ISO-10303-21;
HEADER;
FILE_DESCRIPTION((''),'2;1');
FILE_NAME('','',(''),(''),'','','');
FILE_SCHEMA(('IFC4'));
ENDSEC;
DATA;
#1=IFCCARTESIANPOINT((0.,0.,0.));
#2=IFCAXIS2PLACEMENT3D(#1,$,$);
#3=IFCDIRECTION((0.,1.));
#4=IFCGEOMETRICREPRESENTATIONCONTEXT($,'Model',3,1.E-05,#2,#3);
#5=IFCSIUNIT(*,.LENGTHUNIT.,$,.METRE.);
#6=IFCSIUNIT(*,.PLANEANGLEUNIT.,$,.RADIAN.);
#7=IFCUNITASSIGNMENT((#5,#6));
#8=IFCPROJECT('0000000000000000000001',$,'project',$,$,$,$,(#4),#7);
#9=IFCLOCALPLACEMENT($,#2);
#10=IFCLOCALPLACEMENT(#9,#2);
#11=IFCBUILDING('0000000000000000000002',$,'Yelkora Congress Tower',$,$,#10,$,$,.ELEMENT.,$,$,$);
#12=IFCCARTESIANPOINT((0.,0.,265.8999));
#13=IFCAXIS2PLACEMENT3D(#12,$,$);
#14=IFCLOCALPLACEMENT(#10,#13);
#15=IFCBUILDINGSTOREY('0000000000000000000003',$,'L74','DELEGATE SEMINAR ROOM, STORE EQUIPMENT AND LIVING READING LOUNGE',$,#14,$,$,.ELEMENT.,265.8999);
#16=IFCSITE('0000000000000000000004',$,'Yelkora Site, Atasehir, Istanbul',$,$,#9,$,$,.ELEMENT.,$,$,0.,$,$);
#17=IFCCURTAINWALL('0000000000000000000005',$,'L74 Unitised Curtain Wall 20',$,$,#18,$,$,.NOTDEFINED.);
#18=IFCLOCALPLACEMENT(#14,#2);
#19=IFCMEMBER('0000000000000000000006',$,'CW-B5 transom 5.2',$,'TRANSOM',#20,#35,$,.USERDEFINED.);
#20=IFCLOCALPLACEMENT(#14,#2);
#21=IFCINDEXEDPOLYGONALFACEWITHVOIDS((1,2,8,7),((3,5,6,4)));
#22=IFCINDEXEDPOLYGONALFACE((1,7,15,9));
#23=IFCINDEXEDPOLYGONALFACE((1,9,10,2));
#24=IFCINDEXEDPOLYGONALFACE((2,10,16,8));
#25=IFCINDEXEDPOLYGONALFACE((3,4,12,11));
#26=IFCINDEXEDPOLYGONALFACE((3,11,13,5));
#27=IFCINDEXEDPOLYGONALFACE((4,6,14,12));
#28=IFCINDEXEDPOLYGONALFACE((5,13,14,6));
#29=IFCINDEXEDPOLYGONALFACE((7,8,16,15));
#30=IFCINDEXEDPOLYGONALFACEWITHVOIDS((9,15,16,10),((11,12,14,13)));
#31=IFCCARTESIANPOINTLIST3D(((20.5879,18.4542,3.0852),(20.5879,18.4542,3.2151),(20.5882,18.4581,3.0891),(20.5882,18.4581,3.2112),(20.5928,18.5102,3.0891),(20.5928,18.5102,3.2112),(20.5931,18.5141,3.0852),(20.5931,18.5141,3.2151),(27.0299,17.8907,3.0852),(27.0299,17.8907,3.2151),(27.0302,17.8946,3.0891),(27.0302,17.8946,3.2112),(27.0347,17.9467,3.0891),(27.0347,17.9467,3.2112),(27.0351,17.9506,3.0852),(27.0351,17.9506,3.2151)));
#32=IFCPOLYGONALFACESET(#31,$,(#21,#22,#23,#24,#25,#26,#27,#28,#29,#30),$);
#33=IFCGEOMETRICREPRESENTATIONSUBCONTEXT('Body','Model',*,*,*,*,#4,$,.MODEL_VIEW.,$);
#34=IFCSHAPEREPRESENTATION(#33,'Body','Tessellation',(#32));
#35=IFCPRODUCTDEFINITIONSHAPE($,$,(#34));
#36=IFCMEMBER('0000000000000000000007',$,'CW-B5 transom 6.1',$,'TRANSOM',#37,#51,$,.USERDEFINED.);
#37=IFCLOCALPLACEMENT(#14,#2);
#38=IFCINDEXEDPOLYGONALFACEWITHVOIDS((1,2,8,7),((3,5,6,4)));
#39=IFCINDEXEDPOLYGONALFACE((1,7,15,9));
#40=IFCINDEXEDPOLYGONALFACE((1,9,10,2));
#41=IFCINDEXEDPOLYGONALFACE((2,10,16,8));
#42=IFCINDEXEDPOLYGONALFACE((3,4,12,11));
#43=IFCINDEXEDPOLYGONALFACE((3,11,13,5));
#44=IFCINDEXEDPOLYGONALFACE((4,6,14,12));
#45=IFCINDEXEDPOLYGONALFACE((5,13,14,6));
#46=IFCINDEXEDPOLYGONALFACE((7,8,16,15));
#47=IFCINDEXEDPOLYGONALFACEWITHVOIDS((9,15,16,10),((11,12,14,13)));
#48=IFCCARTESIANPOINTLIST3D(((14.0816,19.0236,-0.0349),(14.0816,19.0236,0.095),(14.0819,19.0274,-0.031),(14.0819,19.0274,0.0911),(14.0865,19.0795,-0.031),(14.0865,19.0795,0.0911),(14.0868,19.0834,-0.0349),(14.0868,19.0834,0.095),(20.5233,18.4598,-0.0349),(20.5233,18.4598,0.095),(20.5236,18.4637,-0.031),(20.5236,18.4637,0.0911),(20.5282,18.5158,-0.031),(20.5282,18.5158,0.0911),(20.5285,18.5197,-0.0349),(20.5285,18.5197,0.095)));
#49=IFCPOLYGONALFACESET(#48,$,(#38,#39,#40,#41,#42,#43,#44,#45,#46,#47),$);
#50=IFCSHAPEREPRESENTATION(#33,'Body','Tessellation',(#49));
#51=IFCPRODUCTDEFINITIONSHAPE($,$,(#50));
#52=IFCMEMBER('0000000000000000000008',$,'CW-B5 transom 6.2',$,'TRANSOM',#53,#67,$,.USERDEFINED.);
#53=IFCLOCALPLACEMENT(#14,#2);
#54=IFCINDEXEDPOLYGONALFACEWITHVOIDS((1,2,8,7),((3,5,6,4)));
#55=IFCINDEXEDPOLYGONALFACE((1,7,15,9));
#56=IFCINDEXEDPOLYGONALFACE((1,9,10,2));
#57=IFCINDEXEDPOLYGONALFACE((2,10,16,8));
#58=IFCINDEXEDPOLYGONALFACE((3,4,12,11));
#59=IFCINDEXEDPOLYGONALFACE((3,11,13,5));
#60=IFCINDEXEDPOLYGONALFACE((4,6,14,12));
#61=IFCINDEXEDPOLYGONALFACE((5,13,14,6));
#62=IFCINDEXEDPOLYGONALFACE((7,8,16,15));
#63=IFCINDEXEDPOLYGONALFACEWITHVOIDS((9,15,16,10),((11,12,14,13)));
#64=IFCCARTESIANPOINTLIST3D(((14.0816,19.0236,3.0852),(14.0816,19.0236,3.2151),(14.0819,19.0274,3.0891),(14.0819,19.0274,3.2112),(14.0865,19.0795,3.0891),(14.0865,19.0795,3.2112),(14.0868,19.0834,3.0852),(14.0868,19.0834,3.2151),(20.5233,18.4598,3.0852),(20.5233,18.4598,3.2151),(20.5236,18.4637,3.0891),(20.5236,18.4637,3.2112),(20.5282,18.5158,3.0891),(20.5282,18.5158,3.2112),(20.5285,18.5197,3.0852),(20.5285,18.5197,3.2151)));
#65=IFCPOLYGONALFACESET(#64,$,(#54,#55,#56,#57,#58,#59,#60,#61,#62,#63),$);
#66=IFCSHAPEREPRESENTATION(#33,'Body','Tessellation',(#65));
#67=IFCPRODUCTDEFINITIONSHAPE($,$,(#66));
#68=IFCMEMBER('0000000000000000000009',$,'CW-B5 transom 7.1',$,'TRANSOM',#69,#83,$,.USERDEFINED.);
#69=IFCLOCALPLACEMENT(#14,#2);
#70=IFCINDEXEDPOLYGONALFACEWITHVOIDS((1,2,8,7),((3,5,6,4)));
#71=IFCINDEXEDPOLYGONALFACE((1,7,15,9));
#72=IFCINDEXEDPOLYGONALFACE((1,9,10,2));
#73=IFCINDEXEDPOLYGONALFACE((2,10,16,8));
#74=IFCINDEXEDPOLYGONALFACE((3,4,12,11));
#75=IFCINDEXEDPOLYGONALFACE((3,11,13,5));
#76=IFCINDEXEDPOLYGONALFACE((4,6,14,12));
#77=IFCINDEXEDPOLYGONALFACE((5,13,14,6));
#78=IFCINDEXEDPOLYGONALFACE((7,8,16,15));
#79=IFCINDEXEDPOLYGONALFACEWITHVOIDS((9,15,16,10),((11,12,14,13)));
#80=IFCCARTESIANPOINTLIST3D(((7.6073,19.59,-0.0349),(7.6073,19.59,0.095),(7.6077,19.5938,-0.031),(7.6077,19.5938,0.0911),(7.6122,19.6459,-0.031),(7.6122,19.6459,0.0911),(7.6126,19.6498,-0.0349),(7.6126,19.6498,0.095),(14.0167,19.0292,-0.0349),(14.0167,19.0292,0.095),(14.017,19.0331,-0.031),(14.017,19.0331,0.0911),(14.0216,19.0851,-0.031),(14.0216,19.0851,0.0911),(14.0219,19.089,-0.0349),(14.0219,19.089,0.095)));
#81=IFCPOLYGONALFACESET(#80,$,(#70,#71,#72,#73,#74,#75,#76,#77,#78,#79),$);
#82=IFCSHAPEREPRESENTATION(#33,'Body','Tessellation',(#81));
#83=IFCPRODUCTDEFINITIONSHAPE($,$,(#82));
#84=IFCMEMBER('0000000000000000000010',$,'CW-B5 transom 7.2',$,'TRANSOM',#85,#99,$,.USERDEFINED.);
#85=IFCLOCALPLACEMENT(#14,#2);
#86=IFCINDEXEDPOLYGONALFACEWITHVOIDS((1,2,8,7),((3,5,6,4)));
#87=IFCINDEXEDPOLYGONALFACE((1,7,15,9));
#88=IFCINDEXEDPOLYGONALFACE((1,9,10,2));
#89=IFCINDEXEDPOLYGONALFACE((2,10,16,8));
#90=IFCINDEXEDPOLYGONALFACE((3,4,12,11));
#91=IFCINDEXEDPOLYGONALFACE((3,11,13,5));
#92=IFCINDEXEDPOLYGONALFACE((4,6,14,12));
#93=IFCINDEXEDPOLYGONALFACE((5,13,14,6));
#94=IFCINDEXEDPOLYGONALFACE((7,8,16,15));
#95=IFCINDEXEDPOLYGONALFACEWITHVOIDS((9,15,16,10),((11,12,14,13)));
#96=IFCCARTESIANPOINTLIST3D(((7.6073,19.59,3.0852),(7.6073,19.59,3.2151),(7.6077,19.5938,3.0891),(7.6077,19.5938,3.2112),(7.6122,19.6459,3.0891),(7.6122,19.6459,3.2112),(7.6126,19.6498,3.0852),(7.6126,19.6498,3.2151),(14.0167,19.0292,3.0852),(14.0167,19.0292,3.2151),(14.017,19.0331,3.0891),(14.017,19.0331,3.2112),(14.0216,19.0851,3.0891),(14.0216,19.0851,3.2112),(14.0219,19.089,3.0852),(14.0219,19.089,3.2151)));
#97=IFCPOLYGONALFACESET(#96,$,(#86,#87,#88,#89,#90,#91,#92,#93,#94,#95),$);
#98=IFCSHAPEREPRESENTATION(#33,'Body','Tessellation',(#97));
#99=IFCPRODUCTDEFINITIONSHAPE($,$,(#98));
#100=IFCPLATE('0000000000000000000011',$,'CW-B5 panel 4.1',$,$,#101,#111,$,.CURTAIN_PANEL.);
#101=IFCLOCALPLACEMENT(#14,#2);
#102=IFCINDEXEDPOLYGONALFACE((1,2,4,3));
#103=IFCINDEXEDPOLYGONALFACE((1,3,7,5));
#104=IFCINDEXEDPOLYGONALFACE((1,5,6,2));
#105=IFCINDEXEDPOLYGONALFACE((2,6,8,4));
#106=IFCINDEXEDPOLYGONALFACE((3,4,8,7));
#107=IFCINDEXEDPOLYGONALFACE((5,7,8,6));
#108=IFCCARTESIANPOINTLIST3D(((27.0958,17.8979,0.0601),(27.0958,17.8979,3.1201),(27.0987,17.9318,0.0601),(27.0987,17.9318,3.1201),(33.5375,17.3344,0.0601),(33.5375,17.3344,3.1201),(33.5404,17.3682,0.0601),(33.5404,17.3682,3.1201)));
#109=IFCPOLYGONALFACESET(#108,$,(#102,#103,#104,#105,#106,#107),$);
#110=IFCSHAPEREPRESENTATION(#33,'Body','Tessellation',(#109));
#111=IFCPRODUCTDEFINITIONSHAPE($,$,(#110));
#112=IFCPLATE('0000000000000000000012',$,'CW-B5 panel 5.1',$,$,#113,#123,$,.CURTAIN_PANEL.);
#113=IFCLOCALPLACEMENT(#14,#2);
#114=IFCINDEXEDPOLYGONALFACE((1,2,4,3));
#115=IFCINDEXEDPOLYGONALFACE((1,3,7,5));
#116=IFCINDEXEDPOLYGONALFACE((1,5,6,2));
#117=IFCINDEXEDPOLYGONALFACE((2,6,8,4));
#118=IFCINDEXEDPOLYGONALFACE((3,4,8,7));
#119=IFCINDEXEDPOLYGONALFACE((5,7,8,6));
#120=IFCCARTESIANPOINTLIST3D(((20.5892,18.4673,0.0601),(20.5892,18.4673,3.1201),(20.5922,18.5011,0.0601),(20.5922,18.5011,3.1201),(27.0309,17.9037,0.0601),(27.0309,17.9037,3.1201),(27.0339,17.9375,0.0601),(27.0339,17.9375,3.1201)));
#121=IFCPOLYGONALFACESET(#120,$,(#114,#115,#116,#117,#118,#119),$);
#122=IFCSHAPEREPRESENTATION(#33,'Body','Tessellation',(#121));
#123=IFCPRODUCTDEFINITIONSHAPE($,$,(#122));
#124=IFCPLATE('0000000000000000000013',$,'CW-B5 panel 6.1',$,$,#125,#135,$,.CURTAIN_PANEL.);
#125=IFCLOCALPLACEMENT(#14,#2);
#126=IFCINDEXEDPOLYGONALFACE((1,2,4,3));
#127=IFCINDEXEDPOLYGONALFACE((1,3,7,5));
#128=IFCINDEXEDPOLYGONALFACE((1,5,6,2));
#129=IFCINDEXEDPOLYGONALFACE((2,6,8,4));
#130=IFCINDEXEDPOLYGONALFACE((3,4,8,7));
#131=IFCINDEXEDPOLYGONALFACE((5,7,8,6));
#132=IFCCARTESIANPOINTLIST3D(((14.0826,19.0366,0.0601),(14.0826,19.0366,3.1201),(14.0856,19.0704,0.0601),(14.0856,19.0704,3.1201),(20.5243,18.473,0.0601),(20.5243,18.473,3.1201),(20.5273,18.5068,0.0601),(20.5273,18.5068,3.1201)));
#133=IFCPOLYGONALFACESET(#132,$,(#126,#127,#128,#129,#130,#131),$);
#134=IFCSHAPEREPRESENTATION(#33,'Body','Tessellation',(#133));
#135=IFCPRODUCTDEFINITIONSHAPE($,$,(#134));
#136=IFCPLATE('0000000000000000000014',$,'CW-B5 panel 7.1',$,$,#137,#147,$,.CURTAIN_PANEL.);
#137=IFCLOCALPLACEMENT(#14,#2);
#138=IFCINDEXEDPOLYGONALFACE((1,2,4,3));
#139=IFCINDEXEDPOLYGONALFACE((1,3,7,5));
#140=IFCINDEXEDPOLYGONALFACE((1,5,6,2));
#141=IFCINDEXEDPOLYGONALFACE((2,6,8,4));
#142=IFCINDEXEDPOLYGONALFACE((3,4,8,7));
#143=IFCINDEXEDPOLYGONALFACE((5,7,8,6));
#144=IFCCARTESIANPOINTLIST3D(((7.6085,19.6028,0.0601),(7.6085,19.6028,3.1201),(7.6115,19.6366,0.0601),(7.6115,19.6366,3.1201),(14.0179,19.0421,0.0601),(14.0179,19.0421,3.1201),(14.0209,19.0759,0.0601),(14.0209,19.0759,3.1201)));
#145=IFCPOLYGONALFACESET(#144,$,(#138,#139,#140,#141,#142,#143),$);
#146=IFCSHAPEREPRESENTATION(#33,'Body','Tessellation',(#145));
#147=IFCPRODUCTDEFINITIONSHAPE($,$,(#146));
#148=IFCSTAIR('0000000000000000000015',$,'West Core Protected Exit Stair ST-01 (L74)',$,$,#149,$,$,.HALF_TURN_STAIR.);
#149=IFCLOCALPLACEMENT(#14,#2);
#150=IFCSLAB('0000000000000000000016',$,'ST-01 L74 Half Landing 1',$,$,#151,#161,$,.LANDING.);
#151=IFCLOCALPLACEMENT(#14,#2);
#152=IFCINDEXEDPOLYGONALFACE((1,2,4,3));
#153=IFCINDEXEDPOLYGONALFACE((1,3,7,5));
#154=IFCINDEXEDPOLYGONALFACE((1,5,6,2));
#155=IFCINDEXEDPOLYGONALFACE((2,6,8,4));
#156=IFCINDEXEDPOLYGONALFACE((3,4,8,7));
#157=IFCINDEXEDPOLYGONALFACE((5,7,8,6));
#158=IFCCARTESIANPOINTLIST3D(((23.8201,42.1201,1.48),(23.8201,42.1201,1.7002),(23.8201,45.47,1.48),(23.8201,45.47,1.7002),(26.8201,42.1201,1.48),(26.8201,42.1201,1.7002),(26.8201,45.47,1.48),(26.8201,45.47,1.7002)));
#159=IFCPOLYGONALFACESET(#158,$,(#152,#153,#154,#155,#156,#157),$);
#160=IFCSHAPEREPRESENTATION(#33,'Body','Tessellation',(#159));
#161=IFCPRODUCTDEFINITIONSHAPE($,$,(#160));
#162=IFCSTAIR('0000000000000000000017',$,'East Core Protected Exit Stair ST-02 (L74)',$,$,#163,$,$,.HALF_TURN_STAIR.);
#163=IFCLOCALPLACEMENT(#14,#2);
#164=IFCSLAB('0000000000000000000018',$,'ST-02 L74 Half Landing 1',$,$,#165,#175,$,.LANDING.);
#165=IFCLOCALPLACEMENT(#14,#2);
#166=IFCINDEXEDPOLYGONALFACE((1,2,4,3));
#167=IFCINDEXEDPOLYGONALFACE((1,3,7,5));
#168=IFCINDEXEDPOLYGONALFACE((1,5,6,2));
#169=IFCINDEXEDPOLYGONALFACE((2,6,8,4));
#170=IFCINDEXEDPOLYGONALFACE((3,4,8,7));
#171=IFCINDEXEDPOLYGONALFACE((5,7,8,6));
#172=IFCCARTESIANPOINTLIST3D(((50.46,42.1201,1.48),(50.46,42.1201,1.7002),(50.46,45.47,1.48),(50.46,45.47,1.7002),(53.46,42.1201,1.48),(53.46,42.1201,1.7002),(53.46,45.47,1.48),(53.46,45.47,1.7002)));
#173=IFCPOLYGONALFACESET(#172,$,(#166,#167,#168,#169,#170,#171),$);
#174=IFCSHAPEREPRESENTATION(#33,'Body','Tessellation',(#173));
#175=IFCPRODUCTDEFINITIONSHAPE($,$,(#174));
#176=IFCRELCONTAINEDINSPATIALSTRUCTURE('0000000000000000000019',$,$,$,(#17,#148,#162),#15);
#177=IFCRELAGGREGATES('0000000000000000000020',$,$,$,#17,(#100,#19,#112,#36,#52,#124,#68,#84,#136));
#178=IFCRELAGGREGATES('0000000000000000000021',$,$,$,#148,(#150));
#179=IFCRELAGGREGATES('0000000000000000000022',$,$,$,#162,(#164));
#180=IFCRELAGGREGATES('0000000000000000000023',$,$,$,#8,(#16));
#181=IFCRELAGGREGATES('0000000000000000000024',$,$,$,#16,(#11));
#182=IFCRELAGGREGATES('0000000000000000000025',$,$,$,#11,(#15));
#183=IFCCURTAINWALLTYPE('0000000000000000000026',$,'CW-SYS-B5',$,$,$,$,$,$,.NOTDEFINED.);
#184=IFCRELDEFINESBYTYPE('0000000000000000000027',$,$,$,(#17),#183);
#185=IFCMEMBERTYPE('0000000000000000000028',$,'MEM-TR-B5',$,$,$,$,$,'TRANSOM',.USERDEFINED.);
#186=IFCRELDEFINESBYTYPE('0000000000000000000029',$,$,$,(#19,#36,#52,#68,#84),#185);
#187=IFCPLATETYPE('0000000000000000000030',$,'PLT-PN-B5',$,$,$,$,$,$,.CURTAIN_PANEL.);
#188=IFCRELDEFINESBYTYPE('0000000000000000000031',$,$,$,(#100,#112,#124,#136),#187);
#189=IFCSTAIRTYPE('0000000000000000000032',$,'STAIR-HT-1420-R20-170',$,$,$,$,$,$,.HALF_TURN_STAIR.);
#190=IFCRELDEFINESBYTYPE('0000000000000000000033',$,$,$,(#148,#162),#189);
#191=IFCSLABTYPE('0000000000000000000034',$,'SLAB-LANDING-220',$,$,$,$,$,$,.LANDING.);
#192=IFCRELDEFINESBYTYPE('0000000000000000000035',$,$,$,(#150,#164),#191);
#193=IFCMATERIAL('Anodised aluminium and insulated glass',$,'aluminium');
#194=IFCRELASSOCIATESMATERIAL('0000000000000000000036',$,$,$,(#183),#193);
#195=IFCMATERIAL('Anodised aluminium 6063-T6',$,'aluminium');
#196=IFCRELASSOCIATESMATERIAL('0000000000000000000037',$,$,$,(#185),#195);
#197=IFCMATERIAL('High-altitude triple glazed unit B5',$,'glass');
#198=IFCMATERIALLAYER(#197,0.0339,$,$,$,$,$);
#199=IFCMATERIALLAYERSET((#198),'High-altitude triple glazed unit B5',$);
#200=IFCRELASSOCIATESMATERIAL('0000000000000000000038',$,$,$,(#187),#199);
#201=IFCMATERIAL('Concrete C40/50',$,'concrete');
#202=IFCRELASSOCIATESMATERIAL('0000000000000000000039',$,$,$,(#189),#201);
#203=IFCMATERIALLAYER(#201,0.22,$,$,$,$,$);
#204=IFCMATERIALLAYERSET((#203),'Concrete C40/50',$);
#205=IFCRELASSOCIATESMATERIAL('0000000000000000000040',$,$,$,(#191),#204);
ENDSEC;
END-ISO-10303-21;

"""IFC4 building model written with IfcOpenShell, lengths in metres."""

from ifc_helpers import new_model, si_unit, direction, frame, origin, origin_2d, place, context, subcontext, project, spatial, polyline, rectangle, hollow_rectangle, outline, extrude, material, layer, layer_set, material_profile, profile_set, type_object, element, aggregate, save


model = new_model("IFC4")

# Units and contexts
model_context = context("Model", 3, precision=1e-05, world=origin(), true_north=direction((0.0, 1.0)))
body_context = subcontext(model_context, "Body", "Model", "MODEL_VIEW")
ifc_project = project(units=[si_unit("LENGTHUNIT", "METRE"), si_unit("PLANEANGLEUNIT", "RADIAN")], contexts=[model_context])

# Site, building, storey
site_placement = place(None, origin())
site = spatial("IfcSite", under=ifc_project, at=site_placement, Name="Yelkora Site, Atasehir, Istanbul", CompositionType="ELEMENT", RefElevation=0.0)
building_placement = place(site_placement, origin())
building = spatial("IfcBuilding", under=site, at=building_placement, Name="Yelkora Congress Tower", CompositionType="ELEMENT")
storey_placement = place(building_placement, frame((0.0, 0.0, 265.8999)))
storey = spatial("IfcBuildingStorey", under=building, at=storey_placement, Name="L74", Description="DELEGATE SEMINAR ROOM, STORE EQUIPMENT AND LIVING READING LOUNGE", CompositionType="ELEMENT", Elevation=265.8999)

# Curtain wall, members, plates
ifc_material_1 = material(Name="Anodised aluminium and insulated glass", Category="aluminium")
curtain_wall_type = type_object("IfcCurtainWallType", Name="CW-SYS-B5", PredefinedType="NOTDEFINED", material=ifc_material_1)
curtain_wall_placement = place(storey_placement, origin())
curtain_wall = element("IfcCurtainWall", 1, at=curtain_wall_placement, inside=storey, type_object=curtain_wall_type, Name="L74 Unitised Curtain Wall 20", PredefinedType="NOTDEFINED")
ifc_material_2 = material(Name="Anodised aluminium 6063-T6", Category="aluminium")
ifc_material_profile_1 = material_profile(ifc_material_2, hollow_rectangle(XDim=0.0601, YDim=0.1299, WallThickness=0.0039, at=origin_2d()), Name="ALU 60x130x4")
ifc_profile_set_1 = profile_set([ifc_material_profile_1], Name="Anodised aluminium 6063-T6")
member_type_1 = type_object("IfcMemberType", Name="MEM-TR-B5", ElementType="TRANSOM", PredefinedType="USERDEFINED", material=ifc_profile_set_1)
member_1_placement = place(storey_placement, frame((27.0325, 17.9207, 3.1501), z_axis=(-0.996196, 0.087138, 0.0), x_axis=(-0.087138, -0.996196, 0.0)))
member_1 = element("IfcMember", 2, at=member_1_placement, type_object=member_type_1, Name="CW-B5 transom 5.2", ObjectType="TRANSOM", PredefinedType="USERDEFINED", context=body_context, shape_type="SweptSolid", body=[
    extrude(hollow_rectangle(XDim=0.0601, YDim=0.1299, WallThickness=0.0039, at=origin_2d()), origin(), (0.0, 0.0, 1.0), 6.4666),
])
member_2_placement = place(storey_placement, frame((20.5259, 18.4897, 0.03), z_axis=(-0.996193, 0.087179, 0.0), x_axis=(-0.087179, -0.996193, 0.0)))
member_2 = element("IfcMember", 3, at=member_2_placement, type_object=member_type_1, Name="CW-B5 transom 6.1", ObjectType="TRANSOM", PredefinedType="USERDEFINED", context=body_context, shape_type="SweptSolid", body=[
    extrude(hollow_rectangle(XDim=0.0601, YDim=0.1299, WallThickness=0.0039, at=origin_2d()), origin(), (0.0, 0.0, 1.0), 6.4663),
])
member_3_placement = place(storey_placement, frame((20.5259, 18.4897, 3.1501), z_axis=(-0.996193, 0.087179, 0.0), x_axis=(-0.087179, -0.996193, 0.0)))
member_3 = element("IfcMember", 4, at=member_3_placement, type_object=member_type_1, Name="CW-B5 transom 6.2", ObjectType="TRANSOM", PredefinedType="USERDEFINED", context=body_context, shape_type="SweptSolid", body=[
    extrude(hollow_rectangle(XDim=0.0601, YDim=0.1299, WallThickness=0.0039, at=origin_2d()), origin(), (0.0, 0.0, 1.0), 6.4663),
])
member_4_placement = place(storey_placement, frame((14.0193, 19.0591, 0.03), z_axis=(-0.996194, 0.087162, 0.0), x_axis=(-0.087162, -0.996194, 0.0)))
member_4 = element("IfcMember", 5, at=member_4_placement, type_object=member_type_1, Name="CW-B5 transom 7.1", ObjectType="TRANSOM", PredefinedType="USERDEFINED", context=body_context, shape_type="SweptSolid", body=[
    extrude(hollow_rectangle(XDim=0.0601, YDim=0.1299, WallThickness=0.0039, at=origin_2d()), origin(), (0.0, 0.0, 1.0), 6.4338),
])
member_5_placement = place(storey_placement, frame((14.0193, 19.0591, 3.1501), z_axis=(-0.996194, 0.087162, 0.0), x_axis=(-0.087162, -0.996194, 0.0)))
member_5 = element("IfcMember", 6, at=member_5_placement, type_object=member_type_1, Name="CW-B5 transom 7.2", ObjectType="TRANSOM", PredefinedType="USERDEFINED", context=body_context, shape_type="SweptSolid", body=[
    extrude(hollow_rectangle(XDim=0.0601, YDim=0.1299, WallThickness=0.0039, at=origin_2d()), origin(), (0.0, 0.0, 1.0), 6.4338),
])
ifc_material_3 = material(Name="High-altitude triple glazed unit B5", Category="glass")
ifc_layer_1 = layer(ifc_material_3, 0.0339)
ifc_layer_set_1 = layer_set([ifc_layer_1], Name="High-altitude triple glazed unit B5")
plate_type = type_object("IfcPlateType", Name="PLT-PN-B5", PredefinedType="CURTAIN_PANEL", material=ifc_layer_set_1)
plate_1_placement = place(storey_placement, frame((30.3181, 17.6331, 0.0601), z_axis=(0.0, 0.0, 1.0), x_axis=(-0.996195, 0.087157, 0.0)))
plate_1 = element("IfcPlate", 7, at=plate_1_placement, type_object=plate_type, Name="CW-B5 panel 4.1", PredefinedType="CURTAIN_PANEL", context=body_context, shape_type="SweptSolid", body=[
    extrude(rectangle(XDim=6.4663, YDim=0.0339, at=origin_2d()), origin(), (0.0, 0.0, 1.0), 3.0601),
])
plate_2_placement = place(storey_placement, frame((23.8115, 18.2024, 0.0601), z_axis=(0.0, 0.0, 1.0), x_axis=(-0.996195, 0.087157, 0.0)))
plate_2 = element("IfcPlate", 8, at=plate_2_placement, type_object=plate_type, Name="CW-B5 panel 5.1", PredefinedType="CURTAIN_PANEL", context=body_context, shape_type="SweptSolid", body=[
    extrude(rectangle(XDim=6.4663, YDim=0.0339, at=origin_2d()), origin(), (0.0, 0.0, 1.0), 3.0601),
])
plate_3_placement = place(storey_placement, frame((17.3049, 18.7717, 0.0601), z_axis=(0.0, 0.0, 1.0), x_axis=(-0.996195, 0.087157, 0.0)))
plate_3 = element("IfcPlate", 9, at=plate_3_placement, type_object=plate_type, Name="CW-B5 panel 6.1", PredefinedType="CURTAIN_PANEL", context=body_context, shape_type="SweptSolid", body=[
    extrude(rectangle(XDim=6.4663, YDim=0.0339, at=origin_2d()), origin(), (0.0, 0.0, 1.0), 3.0601),
])
plate_4_placement = place(storey_placement, frame((10.8147, 19.3394, 0.0601), z_axis=(0.0, 0.0, 1.0), x_axis=(-0.996195, 0.087157, 0.0)))
plate_4 = element("IfcPlate", 10, at=plate_4_placement, type_object=plate_type, Name="CW-B5 panel 7.1", PredefinedType="CURTAIN_PANEL", context=body_context, shape_type="SweptSolid", body=[
    extrude(rectangle(XDim=6.4338, YDim=0.0339, at=origin_2d()), origin(), (0.0, 0.0, 1.0), 3.0601),
])
aggregate(curtain_wall, [plate_1, member_1, plate_2, member_2, member_3, plate_3, member_4, member_5, plate_4])

# Stairs, slabs
ifc_material_4 = material(Name="Concrete C40/50", Category="concrete")
stair_type = type_object("IfcStairType", Name="STAIR-HT-1420-R20-170", PredefinedType="HALF_TURN_STAIR", material=ifc_material_4)
stair_1_placement = place(storey_placement, origin())
stair_1 = element("IfcStair", 11, at=stair_1_placement, inside=storey, type_object=stair_type, Name="West Core Protected Exit Stair ST-01 (L74)", PredefinedType="HALF_TURN_STAIR")
ifc_layer_2 = layer(ifc_material_4, 0.22)
ifc_layer_set_2 = layer_set([ifc_layer_2], Name="Concrete C40/50")
slab_type_1 = type_object("IfcSlabType", Name="SLAB-LANDING-220", PredefinedType="LANDING", material=ifc_layer_set_2)
slab_1_placement = place(storey_placement, frame((0.0, 0.0, 1.48)))
slab_1 = element("IfcSlab", 12, at=slab_1_placement, type_object=slab_type_1, Name="ST-01 L74 Half Landing 1", PredefinedType="LANDING", context=body_context, shape_type="SweptSolid", body=[
    extrude(outline(polyline([(26.8201, 42.1201), (26.8201, 45.47), (23.8201, 45.47), (23.8201, 42.1201), (26.8201, 42.1201)])), origin(), (0.0, 0.0, 1.0), 0.2202),
])
aggregate(stair_1, [slab_1])
stair_2_placement = place(storey_placement, origin())
stair_2 = element("IfcStair", 13, at=stair_2_placement, inside=storey, type_object=stair_type, Name="East Core Protected Exit Stair ST-02 (L74)", PredefinedType="HALF_TURN_STAIR")
slab_2_placement = place(storey_placement, frame((0.0, 0.0, 1.48)))
slab_2 = element("IfcSlab", 14, at=slab_2_placement, type_object=slab_type_1, Name="ST-02 L74 Half Landing 1", PredefinedType="LANDING", context=body_context, shape_type="SweptSolid", body=[
    extrude(outline(polyline([(53.46, 42.1201), (53.46, 45.47), (50.46, 45.47), (50.46, 42.1201), (53.46, 42.1201)])), origin(), (0.0, 0.0, 1.0), 0.2202),
])
aggregate(stair_2, [slab_2])

save(model, "model.ifc")
